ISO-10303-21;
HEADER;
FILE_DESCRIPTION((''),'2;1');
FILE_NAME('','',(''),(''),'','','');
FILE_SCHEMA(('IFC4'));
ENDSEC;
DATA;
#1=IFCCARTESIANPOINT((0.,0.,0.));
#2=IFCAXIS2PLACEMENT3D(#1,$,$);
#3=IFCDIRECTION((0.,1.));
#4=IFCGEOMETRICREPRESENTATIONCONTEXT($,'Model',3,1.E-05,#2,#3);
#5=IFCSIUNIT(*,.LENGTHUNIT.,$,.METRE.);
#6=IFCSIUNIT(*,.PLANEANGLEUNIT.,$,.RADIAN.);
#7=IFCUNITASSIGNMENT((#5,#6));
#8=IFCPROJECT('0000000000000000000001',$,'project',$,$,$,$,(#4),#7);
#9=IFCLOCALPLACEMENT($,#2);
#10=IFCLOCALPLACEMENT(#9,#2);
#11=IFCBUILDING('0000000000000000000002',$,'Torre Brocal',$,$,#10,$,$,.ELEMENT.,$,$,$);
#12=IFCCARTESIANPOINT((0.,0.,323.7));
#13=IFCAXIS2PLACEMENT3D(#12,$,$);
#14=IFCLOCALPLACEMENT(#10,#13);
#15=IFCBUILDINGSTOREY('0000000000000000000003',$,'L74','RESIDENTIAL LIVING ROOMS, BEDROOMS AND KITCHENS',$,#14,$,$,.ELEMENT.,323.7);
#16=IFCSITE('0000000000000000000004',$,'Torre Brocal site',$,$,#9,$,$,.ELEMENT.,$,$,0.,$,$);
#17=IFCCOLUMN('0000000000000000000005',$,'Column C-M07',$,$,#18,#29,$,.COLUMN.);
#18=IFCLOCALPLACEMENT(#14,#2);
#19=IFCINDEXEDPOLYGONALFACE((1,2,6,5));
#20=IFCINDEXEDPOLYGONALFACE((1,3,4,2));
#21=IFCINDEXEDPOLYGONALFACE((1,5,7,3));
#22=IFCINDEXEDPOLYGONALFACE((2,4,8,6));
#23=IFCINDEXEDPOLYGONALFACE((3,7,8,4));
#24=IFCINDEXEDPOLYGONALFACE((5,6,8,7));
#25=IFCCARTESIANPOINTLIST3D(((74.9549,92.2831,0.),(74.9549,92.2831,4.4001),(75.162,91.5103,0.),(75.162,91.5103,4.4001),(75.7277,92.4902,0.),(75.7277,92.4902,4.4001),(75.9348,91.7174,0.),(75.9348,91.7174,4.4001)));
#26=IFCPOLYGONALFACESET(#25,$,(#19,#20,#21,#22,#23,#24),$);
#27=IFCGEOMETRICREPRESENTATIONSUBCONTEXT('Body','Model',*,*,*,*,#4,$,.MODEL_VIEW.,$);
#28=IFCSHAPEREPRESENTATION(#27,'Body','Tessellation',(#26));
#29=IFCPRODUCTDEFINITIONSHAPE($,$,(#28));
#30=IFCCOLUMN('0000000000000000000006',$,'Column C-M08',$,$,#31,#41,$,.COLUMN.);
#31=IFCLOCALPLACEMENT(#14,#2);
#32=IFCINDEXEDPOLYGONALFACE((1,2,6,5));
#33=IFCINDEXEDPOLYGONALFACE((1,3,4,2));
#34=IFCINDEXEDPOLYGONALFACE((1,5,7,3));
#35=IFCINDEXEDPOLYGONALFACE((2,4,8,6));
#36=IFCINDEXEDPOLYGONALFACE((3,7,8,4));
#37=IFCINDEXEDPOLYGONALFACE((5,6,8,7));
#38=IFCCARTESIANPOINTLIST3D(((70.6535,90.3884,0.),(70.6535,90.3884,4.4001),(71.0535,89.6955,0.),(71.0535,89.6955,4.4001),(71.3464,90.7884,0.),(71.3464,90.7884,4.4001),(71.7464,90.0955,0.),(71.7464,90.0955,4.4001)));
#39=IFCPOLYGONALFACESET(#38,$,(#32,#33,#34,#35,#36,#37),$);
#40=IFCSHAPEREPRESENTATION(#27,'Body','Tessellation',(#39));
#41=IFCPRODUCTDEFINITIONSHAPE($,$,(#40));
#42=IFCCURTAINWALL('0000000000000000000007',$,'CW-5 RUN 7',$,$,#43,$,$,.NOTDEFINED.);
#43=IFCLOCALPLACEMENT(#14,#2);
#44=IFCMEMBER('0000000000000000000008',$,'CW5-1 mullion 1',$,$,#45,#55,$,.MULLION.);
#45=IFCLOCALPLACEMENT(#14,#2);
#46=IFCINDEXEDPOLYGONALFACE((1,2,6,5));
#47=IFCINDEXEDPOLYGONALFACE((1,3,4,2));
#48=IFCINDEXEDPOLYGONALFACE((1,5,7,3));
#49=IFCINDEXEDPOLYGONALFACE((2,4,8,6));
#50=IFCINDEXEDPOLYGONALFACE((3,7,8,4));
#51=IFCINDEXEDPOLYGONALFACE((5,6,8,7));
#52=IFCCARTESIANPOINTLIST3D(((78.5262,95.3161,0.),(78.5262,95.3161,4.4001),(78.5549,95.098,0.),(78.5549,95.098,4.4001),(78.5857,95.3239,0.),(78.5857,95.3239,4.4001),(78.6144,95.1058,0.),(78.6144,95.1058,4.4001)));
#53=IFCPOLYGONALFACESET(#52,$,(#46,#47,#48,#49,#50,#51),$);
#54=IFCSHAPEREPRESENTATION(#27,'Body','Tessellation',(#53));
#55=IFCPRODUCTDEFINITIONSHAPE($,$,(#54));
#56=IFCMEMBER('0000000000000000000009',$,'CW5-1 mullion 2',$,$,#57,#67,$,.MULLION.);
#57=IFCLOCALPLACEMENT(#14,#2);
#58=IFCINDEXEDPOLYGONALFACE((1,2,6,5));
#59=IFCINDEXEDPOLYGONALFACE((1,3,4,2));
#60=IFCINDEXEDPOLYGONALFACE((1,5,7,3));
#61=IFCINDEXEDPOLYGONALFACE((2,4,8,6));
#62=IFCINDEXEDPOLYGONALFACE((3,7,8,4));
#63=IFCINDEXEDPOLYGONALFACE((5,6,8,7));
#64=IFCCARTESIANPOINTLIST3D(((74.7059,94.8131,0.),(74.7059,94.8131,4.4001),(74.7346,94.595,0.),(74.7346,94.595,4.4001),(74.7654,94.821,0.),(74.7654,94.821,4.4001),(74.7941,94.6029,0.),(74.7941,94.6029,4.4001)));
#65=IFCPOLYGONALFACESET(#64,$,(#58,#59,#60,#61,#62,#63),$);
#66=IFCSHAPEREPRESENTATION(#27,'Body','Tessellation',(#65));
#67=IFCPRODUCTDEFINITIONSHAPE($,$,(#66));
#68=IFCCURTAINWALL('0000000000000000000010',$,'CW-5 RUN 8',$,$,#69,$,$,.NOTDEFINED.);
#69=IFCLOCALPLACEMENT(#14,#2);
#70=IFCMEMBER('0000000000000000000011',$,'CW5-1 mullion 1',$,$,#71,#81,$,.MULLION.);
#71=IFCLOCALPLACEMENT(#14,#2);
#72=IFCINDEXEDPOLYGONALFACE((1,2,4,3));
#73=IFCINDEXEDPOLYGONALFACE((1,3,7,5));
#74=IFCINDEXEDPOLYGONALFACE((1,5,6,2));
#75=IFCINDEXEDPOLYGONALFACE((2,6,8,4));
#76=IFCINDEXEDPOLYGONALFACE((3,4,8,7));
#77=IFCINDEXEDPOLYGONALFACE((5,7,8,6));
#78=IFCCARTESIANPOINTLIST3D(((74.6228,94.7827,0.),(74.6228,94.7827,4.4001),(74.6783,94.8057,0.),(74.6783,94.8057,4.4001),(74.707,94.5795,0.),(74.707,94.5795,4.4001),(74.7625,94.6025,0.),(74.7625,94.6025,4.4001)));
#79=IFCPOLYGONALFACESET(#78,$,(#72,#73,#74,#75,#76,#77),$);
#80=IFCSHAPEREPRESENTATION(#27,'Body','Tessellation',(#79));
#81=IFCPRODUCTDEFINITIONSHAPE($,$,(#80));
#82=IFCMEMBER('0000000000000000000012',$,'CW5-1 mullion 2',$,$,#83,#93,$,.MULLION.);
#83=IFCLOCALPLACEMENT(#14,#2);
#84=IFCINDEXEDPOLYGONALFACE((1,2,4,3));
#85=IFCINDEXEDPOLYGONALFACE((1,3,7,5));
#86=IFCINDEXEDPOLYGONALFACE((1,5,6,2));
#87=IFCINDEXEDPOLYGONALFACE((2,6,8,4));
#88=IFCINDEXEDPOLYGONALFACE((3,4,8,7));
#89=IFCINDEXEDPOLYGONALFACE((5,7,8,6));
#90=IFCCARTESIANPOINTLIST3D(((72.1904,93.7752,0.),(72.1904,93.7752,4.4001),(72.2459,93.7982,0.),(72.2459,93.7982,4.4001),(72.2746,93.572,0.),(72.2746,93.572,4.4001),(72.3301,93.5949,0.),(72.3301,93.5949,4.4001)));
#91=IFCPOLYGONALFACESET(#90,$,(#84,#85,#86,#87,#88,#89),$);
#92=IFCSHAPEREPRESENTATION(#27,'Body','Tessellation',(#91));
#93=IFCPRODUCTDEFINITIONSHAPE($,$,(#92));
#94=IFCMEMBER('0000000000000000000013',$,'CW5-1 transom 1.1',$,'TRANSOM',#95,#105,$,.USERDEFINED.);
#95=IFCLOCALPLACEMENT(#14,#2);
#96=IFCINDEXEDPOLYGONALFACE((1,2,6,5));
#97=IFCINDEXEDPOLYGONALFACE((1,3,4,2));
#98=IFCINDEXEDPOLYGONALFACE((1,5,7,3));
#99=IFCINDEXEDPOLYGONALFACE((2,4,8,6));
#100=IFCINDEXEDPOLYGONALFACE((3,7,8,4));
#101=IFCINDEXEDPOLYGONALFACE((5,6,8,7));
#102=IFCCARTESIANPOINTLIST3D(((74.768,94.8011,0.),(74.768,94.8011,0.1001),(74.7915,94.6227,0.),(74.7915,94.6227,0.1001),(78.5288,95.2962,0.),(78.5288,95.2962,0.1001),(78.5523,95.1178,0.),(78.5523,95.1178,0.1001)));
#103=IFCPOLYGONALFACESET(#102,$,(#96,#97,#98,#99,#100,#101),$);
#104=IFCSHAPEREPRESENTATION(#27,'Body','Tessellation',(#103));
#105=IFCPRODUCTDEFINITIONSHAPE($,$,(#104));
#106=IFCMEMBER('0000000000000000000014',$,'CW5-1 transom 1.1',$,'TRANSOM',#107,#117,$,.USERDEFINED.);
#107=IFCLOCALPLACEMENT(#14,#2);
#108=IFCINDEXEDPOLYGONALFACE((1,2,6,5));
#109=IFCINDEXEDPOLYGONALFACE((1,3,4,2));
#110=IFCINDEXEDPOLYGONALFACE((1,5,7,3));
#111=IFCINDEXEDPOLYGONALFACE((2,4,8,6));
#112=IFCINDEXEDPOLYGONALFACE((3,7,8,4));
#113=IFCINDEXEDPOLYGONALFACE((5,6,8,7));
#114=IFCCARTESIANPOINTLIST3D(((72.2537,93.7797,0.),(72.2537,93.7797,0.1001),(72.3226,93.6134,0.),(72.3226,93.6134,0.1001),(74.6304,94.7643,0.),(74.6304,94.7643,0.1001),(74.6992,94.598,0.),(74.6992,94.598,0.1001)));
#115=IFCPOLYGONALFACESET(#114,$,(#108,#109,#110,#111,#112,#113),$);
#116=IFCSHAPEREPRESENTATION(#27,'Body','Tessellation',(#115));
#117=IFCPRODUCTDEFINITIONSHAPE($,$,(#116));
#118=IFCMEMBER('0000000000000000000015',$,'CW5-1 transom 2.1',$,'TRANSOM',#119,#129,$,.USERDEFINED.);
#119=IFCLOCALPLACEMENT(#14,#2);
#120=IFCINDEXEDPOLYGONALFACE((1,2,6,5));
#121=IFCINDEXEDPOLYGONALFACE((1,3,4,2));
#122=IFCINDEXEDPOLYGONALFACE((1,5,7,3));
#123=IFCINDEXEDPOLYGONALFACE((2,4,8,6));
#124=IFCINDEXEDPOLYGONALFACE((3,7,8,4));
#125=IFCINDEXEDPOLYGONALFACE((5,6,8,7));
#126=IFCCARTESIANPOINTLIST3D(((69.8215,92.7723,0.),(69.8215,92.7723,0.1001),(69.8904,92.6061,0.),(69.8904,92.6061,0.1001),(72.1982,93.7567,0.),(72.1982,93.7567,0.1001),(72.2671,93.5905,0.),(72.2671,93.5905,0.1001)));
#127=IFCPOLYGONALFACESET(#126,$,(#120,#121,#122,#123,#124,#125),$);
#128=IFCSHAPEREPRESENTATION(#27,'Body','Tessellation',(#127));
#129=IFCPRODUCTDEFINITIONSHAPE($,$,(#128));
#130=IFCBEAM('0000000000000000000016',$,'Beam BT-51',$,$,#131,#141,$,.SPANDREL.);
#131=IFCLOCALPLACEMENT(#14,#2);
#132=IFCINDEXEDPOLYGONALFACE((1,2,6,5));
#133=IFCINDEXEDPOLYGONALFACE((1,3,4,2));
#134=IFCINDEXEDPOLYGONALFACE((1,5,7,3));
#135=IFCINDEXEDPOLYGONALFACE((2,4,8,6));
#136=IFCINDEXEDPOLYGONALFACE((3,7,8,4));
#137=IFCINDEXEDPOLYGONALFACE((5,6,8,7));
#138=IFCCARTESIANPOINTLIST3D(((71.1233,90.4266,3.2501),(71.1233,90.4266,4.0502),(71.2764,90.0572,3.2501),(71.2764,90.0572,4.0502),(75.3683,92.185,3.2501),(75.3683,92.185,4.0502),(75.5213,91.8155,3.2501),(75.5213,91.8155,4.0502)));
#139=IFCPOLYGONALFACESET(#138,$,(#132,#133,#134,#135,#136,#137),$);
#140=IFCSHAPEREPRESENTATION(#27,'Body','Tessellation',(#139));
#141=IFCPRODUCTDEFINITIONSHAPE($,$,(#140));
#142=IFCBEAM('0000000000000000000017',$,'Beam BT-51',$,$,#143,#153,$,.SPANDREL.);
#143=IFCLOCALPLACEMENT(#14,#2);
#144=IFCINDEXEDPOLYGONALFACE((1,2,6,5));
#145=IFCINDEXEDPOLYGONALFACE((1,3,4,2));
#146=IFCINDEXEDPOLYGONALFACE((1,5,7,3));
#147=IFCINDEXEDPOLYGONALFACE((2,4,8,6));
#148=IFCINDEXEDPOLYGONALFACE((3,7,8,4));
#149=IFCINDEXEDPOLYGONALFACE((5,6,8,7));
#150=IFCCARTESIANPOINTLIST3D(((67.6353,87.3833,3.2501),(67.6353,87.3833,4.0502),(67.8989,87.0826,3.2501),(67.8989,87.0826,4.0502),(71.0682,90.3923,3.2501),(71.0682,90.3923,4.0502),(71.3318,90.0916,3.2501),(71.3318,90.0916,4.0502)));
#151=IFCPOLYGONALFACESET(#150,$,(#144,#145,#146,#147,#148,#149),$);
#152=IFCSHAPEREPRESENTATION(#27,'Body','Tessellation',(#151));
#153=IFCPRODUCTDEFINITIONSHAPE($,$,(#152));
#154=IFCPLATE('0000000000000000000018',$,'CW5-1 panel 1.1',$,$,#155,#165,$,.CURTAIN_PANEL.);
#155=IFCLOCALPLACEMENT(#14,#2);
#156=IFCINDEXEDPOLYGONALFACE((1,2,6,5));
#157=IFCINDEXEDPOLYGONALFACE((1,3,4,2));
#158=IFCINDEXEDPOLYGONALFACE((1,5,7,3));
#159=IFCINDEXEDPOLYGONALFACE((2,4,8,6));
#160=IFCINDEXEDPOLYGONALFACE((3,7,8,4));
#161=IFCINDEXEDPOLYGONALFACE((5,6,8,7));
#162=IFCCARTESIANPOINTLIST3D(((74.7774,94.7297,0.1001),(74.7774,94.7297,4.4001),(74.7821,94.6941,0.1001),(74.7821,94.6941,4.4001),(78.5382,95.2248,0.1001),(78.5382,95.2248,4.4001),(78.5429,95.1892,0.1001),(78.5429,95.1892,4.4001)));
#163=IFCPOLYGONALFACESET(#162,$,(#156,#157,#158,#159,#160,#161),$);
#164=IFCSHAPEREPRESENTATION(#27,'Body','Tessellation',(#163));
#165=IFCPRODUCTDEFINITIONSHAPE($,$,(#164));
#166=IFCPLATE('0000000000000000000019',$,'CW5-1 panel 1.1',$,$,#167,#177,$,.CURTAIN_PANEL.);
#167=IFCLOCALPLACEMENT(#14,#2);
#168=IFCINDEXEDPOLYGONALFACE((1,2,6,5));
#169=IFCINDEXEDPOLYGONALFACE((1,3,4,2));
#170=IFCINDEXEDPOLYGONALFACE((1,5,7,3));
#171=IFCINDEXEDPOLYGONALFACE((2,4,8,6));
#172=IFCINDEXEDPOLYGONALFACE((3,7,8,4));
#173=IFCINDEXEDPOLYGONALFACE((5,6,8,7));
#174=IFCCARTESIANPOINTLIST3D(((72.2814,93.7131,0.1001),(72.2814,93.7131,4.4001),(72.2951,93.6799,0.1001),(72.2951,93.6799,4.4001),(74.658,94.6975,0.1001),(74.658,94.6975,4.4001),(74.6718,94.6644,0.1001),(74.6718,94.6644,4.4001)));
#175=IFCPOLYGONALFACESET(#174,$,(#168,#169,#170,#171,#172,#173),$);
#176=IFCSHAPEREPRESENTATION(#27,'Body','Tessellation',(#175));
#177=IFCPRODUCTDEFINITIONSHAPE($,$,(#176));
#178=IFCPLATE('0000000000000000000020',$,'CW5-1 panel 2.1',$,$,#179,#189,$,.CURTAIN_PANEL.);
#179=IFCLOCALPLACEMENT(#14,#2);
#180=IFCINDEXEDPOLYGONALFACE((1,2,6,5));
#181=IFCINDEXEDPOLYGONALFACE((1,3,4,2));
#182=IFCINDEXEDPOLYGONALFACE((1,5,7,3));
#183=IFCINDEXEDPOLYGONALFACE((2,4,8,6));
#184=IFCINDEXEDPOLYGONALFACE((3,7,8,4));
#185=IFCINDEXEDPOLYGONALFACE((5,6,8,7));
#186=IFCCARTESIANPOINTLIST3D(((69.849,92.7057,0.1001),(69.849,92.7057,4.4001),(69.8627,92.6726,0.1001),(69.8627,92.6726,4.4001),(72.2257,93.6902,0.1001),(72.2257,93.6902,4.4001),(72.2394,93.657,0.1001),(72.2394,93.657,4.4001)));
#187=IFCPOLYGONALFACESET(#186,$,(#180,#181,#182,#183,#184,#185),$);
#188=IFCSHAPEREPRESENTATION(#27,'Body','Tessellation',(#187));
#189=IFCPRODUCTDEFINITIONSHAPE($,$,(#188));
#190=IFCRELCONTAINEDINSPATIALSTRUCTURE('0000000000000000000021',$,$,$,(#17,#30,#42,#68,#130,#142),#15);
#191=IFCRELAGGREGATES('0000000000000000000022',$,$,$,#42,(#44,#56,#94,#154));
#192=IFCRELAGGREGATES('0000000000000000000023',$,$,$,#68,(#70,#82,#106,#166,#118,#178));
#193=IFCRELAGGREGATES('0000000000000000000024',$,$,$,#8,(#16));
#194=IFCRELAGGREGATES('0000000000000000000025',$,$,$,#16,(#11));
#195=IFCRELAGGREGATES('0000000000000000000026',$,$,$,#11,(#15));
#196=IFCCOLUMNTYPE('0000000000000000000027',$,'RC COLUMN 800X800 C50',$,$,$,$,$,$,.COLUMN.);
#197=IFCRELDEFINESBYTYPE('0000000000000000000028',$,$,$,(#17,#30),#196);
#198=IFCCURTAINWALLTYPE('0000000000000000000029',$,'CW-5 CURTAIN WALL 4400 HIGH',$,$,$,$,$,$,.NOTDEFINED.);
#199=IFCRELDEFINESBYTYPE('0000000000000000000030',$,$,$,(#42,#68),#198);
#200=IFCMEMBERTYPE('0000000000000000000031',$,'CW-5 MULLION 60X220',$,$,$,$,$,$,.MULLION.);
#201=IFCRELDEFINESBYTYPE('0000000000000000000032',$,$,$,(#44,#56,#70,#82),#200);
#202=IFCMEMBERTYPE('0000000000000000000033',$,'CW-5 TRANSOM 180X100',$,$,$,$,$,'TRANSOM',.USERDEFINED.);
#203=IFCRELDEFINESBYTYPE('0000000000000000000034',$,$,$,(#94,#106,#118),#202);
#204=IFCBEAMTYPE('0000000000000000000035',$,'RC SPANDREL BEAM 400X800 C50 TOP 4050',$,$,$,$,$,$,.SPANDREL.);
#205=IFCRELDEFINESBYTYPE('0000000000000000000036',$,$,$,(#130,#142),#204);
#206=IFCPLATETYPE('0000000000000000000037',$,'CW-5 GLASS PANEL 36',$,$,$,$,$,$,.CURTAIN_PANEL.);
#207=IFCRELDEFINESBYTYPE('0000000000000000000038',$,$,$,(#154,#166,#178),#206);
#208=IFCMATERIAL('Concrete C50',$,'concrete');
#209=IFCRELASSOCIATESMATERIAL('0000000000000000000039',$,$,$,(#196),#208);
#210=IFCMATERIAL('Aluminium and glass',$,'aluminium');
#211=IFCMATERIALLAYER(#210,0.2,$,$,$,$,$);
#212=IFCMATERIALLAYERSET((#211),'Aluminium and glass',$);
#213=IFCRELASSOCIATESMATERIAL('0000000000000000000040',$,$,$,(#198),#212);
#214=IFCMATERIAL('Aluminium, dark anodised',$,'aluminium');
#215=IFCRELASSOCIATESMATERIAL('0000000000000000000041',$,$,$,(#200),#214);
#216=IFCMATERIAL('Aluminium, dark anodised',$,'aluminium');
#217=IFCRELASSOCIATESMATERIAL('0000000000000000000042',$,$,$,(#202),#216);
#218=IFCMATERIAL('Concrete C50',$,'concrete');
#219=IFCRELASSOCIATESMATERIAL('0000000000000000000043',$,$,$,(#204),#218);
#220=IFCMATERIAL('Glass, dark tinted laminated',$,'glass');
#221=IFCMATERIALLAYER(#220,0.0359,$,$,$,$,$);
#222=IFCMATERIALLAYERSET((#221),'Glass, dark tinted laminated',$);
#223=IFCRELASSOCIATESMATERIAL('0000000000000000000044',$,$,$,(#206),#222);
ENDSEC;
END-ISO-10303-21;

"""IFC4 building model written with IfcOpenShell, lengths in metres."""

from ifc_helpers import new_model, si_unit, direction, frame, origin, origin_2d, place, context, subcontext, project, spatial, rectangle, extrude, material, layer, layer_set, material_profile, profile_set, type_object, element, aggregate, save


model = new_model("IFC4")

# Units and contexts
model_context = context("Model", 3, precision=1e-05, world=origin(), true_north=direction((0.0, 1.0)))
body_context = subcontext(model_context, "Body", "Model", "MODEL_VIEW")
ifc_project = project(units=[si_unit("LENGTHUNIT", "METRE"), si_unit("PLANEANGLEUNIT", "RADIAN")], contexts=[model_context])

# Site, building, storey
site_placement = place(None, origin())
site = spatial("IfcSite", under=ifc_project, at=site_placement, Name="Torre Brocal site", CompositionType="ELEMENT", RefElevation=0.0)
building_placement = place(site_placement, origin())
building = spatial("IfcBuilding", under=site, at=building_placement, Name="Torre Brocal", CompositionType="ELEMENT")
storey_placement = place(building_placement, frame((0.0, 0.0, 323.7)))
storey = spatial("IfcBuildingStorey", under=building, at=storey_placement, Name="L74", Description="RESIDENTIAL LIVING ROOMS, BEDROOMS AND KITCHENS", CompositionType="ELEMENT", Elevation=323.7)

# Columns
ifc_material_1 = material(Name="Concrete C50", Category="concrete")
ifc_material_profile_1 = material_profile(ifc_material_1, rectangle(XDim=0.8, YDim=0.8, at=origin_2d()), Name="RC 800X800")
ifc_profile_set_1 = profile_set([ifc_material_profile_1], Name="Concrete C50")
column_type = type_object("IfcColumnType", Name="RC COLUMN 800X800 C50", PredefinedType="COLUMN", material=ifc_profile_set_1)
for number, where, z_axis, x_axis, name in (
    (1, (75.4448, 92.0002, 0.0), (0.0, 0.0, 1.0), (-0.258819, 0.965926, 0.0), "Column C-M07"),
    (2, (71.2, 90.2419, 0.0), (0.0, 0.0, 1.0), (-0.5, 0.866025, 0.0), "Column C-M08"),
):
    element("IfcColumn", number, at=place(storey_placement, frame(where, z_axis=z_axis, x_axis=x_axis)), inside=storey, type_object=column_type, Name=name, PredefinedType="COLUMN", context=body_context, shape_type="SweptSolid", body=[
        extrude(rectangle(XDim=0.8, YDim=0.8, at=origin_2d()), origin(), (0.0, 0.0, 1.0), 4.4001),
    ])

# Curtain walls, members
ifc_material_2 = material(Name="Aluminium and glass", Category="aluminium")
ifc_layer_1 = layer(ifc_material_2, 0.2)
ifc_layer_set_1 = layer_set([ifc_layer_1], Name="Aluminium and glass")
curtain_wall_type = type_object("IfcCurtainWallType", Name="CW-5 CURTAIN WALL 4400 HIGH", PredefinedType="NOTDEFINED", material=ifc_layer_set_1)
curtain_wall_1_placement = place(storey_placement, origin())
curtain_wall_1 = element("IfcCurtainWall", 3, at=curtain_wall_1_placement, inside=storey, type_object=curtain_wall_type, Name="CW-5 RUN 7", PredefinedType="NOTDEFINED")
ifc_material_3 = material(Name="Aluminium, dark anodised", Category="aluminium")
ifc_material_profile_2 = material_profile(ifc_material_3, rectangle(XDim=0.22, YDim=0.0601, at=origin_2d()), Name="CW-5 MULLION 60X220")
ifc_profile_set_2 = profile_set([ifc_material_profile_2], Name="Aluminium, dark anodised")
member_type_1 = type_object("IfcMemberType", Name="CW-5 MULLION 60X220", PredefinedType="MULLION", material=ifc_profile_set_2)
member_1_placement = place(storey_placement, frame((78.5703, 95.2109, 0.0), z_axis=(0.0, 0.0, 1.0), x_axis=(0.130526, -0.991445, 0.0)))
member_1 = element("IfcMember", 4, at=member_1_placement, type_object=member_type_1, Name="CW5-1 mullion 1", PredefinedType="MULLION", context=body_context, shape_type="SweptSolid", body=[
    extrude(rectangle(XDim=0.22, YDim=0.0601, at=origin_2d()), origin(), (0.0, 0.0, 1.0), 4.4001),
])
member_2_placement = place(storey_placement, frame((74.75, 94.708, 0.0), z_axis=(0.0, 0.0, 1.0), x_axis=(0.130526, -0.991445, 0.0)))
member_2 = element("IfcMember", 5, at=member_2_placement, type_object=member_type_1, Name="CW5-1 mullion 2", PredefinedType="MULLION", context=body_context, shape_type="SweptSolid", body=[
    extrude(rectangle(XDim=0.22, YDim=0.0601, at=origin_2d()), origin(), (0.0, 0.0, 1.0), 4.4001),
])
curtain_wall_2_placement = place(storey_placement, origin())
curtain_wall_2 = element("IfcCurtainWall", 6, at=curtain_wall_2_placement, inside=storey, type_object=curtain_wall_type, Name="CW-5 RUN 8", PredefinedType="NOTDEFINED")
member_3_placement = place(storey_placement, frame((74.6926, 94.6926, 0.0), z_axis=(0.0, 0.0, 1.0), x_axis=(0.382683, -0.92388, 0.0)))
member_3 = element("IfcMember", 7, at=member_3_placement, type_object=member_type_1, Name="CW5-1 mullion 1", PredefinedType="MULLION", context=body_context, shape_type="SweptSolid", body=[
    extrude(rectangle(XDim=0.22, YDim=0.0601, at=origin_2d()), origin(), (0.0, 0.0, 1.0), 4.4001),
])
member_4_placement = place(storey_placement, frame((72.2603, 93.6851, 0.0), z_axis=(0.0, 0.0, 1.0), x_axis=(0.382683, -0.92388, 0.0)))
member_4 = element("IfcMember", 8, at=member_4_placement, type_object=member_type_1, Name="CW5-1 mullion 2", PredefinedType="MULLION", context=body_context, shape_type="SweptSolid", body=[
    extrude(rectangle(XDim=0.22, YDim=0.0601, at=origin_2d()), origin(), (0.0, 0.0, 1.0), 4.4001),
])

# Members
ifc_material_4 = material(Name="Aluminium, dark anodised", Category="aluminium")
ifc_material_profile_3 = material_profile(ifc_material_4, rectangle(XDim=0.1799, YDim=0.1001, at=origin_2d()), Name="CW-5 TRANSOM 180X100")
ifc_profile_set_3 = profile_set([ifc_material_profile_3], Name="Aluminium, dark anodised")
member_type_2 = type_object("IfcMemberType", Name="CW-5 TRANSOM 180X100", ElementType="TRANSOM", PredefinedType="USERDEFINED", material=ifc_profile_set_3)
member_5_placement = place(storey_placement, frame((78.5405, 95.207, 0.05), z_axis=(-0.991445, -0.130528, 0.0), x_axis=(0.130528, -0.991445, 0.0)))
member_5 = element("IfcMember", 9, at=member_5_placement, type_object=member_type_2, Name="CW5-1 transom 1.1", ObjectType="TRANSOM", PredefinedType="USERDEFINED", context=body_context, shape_type="SweptSolid", body=[
    extrude(rectangle(XDim=0.1799, YDim=0.1001, at=origin_2d()), origin(), (0.0, 0.0, 1.0), 3.7932),
])
member_6_placement = place(storey_placement, frame((74.6648, 94.6812, 0.05), z_axis=(-0.923858, -0.382735, 0.0), x_axis=(0.382735, -0.923858, 0.0)))
member_6 = element("IfcMember", 10, at=member_6_placement, type_object=member_type_2, Name="CW5-1 transom 1.1", ObjectType="TRANSOM", PredefinedType="USERDEFINED", context=body_context, shape_type="SweptSolid", body=[
    extrude(rectangle(XDim=0.1799, YDim=0.1001, at=origin_2d()), origin(), (0.0, 0.0, 1.0), 2.5725),
])
member_7_placement = place(storey_placement, frame((72.2327, 93.6736, 0.05), z_axis=(-0.923892, -0.382654, 0.0), x_axis=(0.382654, -0.923892, 0.0)))
member_7 = element("IfcMember", 11, at=member_7_placement, type_object=member_type_2, Name="CW5-1 transom 2.1", ObjectType="TRANSOM", PredefinedType="USERDEFINED", context=body_context, shape_type="SweptSolid", body=[
    extrude(rectangle(XDim=0.1799, YDim=0.1001, at=origin_2d()), origin(), (0.0, 0.0, 1.0), 2.5725),
])

# Beams
ifc_material_5 = material(Name="Concrete C50", Category="concrete")
ifc_material_profile_4 = material_profile(ifc_material_5, rectangle(XDim=0.3999, YDim=0.8, at=origin_2d()), Name="RC 400X800")
ifc_profile_set_4 = profile_set([ifc_material_profile_4], Name="Concrete C50")
beam_type = type_object("IfcBeamType", Name="RC SPANDREL BEAM 400X800 C50 TOP 4050", PredefinedType="SPANDREL", material=ifc_profile_set_4)
beam_1_placement = place(storey_placement, frame((75.4448, 92.0002, 3.6501), z_axis=(-0.923878, -0.382687, 0.0), x_axis=(0.382687, -0.923878, 0.0)))
element("IfcBeam", 12, at=beam_1_placement, inside=storey, type_object=beam_type, Name="Beam BT-51", PredefinedType="SPANDREL", context=body_context, shape_type="SweptSolid", body=[
    extrude(rectangle(XDim=0.3999, YDim=0.8, at=origin_2d()), origin(), (0.0, 0.0, 1.0), 4.5947),
])
beam_2_placement = place(storey_placement, frame((71.2, 90.2419, 3.6501), z_axis=(-0.752003, -0.659159, 0.0), x_axis=(0.659159, -0.752003, 0.0)))
element("IfcBeam", 13, at=beam_2_placement, inside=storey, type_object=beam_type, Name="Beam BT-51", PredefinedType="SPANDREL", context=body_context, shape_type="SweptSolid", body=[
    extrude(rectangle(XDim=0.3999, YDim=0.8, at=origin_2d()), origin(), (0.0, 0.0, 1.0), 4.5649),
])

# Plates
ifc_material_6 = material(Name="Glass, dark tinted laminated", Category="glass")
ifc_layer_2 = layer(ifc_material_6, 0.0359)
ifc_layer_set_2 = layer_set([ifc_layer_2], Name="Glass, dark tinted laminated")
plate_type = type_object("IfcPlateType", Name="CW-5 GLASS PANEL 36", PredefinedType="CURTAIN_PANEL", material=ifc_layer_set_2)
plate_1_placement = place(storey_placement, frame((76.6602, 94.9595, 0.1001), z_axis=(0.0, 0.0, 1.0), x_axis=(-0.991445, -0.130526, 0.0)))
plate_1 = element("IfcPlate", 14, at=plate_1_placement, type_object=plate_type, Name="CW5-1 panel 1.1", PredefinedType="CURTAIN_PANEL", context=body_context, shape_type="SweptSolid", body=[
    extrude(rectangle(XDim=3.7932, YDim=0.0359, at=origin_2d()), origin(), (0.0, 0.0, 1.0), 4.3),
])
aggregate(curtain_wall_1, [member_1, member_2, member_5, plate_1])
plate_2_placement = place(storey_placement, frame((73.4766, 94.1887, 0.1001), z_axis=(0.0, 0.0, 1.0), x_axis=(-0.92388, -0.382683, 0.0)))
plate_2 = element("IfcPlate", 15, at=plate_2_placement, type_object=plate_type, Name="CW5-1 panel 1.1", PredefinedType="CURTAIN_PANEL", context=body_context, shape_type="SweptSolid", body=[
    extrude(rectangle(XDim=2.5725, YDim=0.0359, at=origin_2d()), origin(), (0.0, 0.0, 1.0), 4.3),
])
plate_3_placement = place(storey_placement, frame((71.0442, 93.1814, 0.1001), z_axis=(0.0, 0.0, 1.0), x_axis=(-0.92388, -0.382683, 0.0)))
plate_3 = element("IfcPlate", 16, at=plate_3_placement, type_object=plate_type, Name="CW5-1 panel 2.1", PredefinedType="CURTAIN_PANEL", context=body_context, shape_type="SweptSolid", body=[
    extrude(rectangle(XDim=2.5725, YDim=0.0359, at=origin_2d()), origin(), (0.0, 0.0, 1.0), 4.3),
])
aggregate(curtain_wall_2, [member_3, member_4, member_6, plate_2, member_7, plate_3])

save(model, "model.ifc")
